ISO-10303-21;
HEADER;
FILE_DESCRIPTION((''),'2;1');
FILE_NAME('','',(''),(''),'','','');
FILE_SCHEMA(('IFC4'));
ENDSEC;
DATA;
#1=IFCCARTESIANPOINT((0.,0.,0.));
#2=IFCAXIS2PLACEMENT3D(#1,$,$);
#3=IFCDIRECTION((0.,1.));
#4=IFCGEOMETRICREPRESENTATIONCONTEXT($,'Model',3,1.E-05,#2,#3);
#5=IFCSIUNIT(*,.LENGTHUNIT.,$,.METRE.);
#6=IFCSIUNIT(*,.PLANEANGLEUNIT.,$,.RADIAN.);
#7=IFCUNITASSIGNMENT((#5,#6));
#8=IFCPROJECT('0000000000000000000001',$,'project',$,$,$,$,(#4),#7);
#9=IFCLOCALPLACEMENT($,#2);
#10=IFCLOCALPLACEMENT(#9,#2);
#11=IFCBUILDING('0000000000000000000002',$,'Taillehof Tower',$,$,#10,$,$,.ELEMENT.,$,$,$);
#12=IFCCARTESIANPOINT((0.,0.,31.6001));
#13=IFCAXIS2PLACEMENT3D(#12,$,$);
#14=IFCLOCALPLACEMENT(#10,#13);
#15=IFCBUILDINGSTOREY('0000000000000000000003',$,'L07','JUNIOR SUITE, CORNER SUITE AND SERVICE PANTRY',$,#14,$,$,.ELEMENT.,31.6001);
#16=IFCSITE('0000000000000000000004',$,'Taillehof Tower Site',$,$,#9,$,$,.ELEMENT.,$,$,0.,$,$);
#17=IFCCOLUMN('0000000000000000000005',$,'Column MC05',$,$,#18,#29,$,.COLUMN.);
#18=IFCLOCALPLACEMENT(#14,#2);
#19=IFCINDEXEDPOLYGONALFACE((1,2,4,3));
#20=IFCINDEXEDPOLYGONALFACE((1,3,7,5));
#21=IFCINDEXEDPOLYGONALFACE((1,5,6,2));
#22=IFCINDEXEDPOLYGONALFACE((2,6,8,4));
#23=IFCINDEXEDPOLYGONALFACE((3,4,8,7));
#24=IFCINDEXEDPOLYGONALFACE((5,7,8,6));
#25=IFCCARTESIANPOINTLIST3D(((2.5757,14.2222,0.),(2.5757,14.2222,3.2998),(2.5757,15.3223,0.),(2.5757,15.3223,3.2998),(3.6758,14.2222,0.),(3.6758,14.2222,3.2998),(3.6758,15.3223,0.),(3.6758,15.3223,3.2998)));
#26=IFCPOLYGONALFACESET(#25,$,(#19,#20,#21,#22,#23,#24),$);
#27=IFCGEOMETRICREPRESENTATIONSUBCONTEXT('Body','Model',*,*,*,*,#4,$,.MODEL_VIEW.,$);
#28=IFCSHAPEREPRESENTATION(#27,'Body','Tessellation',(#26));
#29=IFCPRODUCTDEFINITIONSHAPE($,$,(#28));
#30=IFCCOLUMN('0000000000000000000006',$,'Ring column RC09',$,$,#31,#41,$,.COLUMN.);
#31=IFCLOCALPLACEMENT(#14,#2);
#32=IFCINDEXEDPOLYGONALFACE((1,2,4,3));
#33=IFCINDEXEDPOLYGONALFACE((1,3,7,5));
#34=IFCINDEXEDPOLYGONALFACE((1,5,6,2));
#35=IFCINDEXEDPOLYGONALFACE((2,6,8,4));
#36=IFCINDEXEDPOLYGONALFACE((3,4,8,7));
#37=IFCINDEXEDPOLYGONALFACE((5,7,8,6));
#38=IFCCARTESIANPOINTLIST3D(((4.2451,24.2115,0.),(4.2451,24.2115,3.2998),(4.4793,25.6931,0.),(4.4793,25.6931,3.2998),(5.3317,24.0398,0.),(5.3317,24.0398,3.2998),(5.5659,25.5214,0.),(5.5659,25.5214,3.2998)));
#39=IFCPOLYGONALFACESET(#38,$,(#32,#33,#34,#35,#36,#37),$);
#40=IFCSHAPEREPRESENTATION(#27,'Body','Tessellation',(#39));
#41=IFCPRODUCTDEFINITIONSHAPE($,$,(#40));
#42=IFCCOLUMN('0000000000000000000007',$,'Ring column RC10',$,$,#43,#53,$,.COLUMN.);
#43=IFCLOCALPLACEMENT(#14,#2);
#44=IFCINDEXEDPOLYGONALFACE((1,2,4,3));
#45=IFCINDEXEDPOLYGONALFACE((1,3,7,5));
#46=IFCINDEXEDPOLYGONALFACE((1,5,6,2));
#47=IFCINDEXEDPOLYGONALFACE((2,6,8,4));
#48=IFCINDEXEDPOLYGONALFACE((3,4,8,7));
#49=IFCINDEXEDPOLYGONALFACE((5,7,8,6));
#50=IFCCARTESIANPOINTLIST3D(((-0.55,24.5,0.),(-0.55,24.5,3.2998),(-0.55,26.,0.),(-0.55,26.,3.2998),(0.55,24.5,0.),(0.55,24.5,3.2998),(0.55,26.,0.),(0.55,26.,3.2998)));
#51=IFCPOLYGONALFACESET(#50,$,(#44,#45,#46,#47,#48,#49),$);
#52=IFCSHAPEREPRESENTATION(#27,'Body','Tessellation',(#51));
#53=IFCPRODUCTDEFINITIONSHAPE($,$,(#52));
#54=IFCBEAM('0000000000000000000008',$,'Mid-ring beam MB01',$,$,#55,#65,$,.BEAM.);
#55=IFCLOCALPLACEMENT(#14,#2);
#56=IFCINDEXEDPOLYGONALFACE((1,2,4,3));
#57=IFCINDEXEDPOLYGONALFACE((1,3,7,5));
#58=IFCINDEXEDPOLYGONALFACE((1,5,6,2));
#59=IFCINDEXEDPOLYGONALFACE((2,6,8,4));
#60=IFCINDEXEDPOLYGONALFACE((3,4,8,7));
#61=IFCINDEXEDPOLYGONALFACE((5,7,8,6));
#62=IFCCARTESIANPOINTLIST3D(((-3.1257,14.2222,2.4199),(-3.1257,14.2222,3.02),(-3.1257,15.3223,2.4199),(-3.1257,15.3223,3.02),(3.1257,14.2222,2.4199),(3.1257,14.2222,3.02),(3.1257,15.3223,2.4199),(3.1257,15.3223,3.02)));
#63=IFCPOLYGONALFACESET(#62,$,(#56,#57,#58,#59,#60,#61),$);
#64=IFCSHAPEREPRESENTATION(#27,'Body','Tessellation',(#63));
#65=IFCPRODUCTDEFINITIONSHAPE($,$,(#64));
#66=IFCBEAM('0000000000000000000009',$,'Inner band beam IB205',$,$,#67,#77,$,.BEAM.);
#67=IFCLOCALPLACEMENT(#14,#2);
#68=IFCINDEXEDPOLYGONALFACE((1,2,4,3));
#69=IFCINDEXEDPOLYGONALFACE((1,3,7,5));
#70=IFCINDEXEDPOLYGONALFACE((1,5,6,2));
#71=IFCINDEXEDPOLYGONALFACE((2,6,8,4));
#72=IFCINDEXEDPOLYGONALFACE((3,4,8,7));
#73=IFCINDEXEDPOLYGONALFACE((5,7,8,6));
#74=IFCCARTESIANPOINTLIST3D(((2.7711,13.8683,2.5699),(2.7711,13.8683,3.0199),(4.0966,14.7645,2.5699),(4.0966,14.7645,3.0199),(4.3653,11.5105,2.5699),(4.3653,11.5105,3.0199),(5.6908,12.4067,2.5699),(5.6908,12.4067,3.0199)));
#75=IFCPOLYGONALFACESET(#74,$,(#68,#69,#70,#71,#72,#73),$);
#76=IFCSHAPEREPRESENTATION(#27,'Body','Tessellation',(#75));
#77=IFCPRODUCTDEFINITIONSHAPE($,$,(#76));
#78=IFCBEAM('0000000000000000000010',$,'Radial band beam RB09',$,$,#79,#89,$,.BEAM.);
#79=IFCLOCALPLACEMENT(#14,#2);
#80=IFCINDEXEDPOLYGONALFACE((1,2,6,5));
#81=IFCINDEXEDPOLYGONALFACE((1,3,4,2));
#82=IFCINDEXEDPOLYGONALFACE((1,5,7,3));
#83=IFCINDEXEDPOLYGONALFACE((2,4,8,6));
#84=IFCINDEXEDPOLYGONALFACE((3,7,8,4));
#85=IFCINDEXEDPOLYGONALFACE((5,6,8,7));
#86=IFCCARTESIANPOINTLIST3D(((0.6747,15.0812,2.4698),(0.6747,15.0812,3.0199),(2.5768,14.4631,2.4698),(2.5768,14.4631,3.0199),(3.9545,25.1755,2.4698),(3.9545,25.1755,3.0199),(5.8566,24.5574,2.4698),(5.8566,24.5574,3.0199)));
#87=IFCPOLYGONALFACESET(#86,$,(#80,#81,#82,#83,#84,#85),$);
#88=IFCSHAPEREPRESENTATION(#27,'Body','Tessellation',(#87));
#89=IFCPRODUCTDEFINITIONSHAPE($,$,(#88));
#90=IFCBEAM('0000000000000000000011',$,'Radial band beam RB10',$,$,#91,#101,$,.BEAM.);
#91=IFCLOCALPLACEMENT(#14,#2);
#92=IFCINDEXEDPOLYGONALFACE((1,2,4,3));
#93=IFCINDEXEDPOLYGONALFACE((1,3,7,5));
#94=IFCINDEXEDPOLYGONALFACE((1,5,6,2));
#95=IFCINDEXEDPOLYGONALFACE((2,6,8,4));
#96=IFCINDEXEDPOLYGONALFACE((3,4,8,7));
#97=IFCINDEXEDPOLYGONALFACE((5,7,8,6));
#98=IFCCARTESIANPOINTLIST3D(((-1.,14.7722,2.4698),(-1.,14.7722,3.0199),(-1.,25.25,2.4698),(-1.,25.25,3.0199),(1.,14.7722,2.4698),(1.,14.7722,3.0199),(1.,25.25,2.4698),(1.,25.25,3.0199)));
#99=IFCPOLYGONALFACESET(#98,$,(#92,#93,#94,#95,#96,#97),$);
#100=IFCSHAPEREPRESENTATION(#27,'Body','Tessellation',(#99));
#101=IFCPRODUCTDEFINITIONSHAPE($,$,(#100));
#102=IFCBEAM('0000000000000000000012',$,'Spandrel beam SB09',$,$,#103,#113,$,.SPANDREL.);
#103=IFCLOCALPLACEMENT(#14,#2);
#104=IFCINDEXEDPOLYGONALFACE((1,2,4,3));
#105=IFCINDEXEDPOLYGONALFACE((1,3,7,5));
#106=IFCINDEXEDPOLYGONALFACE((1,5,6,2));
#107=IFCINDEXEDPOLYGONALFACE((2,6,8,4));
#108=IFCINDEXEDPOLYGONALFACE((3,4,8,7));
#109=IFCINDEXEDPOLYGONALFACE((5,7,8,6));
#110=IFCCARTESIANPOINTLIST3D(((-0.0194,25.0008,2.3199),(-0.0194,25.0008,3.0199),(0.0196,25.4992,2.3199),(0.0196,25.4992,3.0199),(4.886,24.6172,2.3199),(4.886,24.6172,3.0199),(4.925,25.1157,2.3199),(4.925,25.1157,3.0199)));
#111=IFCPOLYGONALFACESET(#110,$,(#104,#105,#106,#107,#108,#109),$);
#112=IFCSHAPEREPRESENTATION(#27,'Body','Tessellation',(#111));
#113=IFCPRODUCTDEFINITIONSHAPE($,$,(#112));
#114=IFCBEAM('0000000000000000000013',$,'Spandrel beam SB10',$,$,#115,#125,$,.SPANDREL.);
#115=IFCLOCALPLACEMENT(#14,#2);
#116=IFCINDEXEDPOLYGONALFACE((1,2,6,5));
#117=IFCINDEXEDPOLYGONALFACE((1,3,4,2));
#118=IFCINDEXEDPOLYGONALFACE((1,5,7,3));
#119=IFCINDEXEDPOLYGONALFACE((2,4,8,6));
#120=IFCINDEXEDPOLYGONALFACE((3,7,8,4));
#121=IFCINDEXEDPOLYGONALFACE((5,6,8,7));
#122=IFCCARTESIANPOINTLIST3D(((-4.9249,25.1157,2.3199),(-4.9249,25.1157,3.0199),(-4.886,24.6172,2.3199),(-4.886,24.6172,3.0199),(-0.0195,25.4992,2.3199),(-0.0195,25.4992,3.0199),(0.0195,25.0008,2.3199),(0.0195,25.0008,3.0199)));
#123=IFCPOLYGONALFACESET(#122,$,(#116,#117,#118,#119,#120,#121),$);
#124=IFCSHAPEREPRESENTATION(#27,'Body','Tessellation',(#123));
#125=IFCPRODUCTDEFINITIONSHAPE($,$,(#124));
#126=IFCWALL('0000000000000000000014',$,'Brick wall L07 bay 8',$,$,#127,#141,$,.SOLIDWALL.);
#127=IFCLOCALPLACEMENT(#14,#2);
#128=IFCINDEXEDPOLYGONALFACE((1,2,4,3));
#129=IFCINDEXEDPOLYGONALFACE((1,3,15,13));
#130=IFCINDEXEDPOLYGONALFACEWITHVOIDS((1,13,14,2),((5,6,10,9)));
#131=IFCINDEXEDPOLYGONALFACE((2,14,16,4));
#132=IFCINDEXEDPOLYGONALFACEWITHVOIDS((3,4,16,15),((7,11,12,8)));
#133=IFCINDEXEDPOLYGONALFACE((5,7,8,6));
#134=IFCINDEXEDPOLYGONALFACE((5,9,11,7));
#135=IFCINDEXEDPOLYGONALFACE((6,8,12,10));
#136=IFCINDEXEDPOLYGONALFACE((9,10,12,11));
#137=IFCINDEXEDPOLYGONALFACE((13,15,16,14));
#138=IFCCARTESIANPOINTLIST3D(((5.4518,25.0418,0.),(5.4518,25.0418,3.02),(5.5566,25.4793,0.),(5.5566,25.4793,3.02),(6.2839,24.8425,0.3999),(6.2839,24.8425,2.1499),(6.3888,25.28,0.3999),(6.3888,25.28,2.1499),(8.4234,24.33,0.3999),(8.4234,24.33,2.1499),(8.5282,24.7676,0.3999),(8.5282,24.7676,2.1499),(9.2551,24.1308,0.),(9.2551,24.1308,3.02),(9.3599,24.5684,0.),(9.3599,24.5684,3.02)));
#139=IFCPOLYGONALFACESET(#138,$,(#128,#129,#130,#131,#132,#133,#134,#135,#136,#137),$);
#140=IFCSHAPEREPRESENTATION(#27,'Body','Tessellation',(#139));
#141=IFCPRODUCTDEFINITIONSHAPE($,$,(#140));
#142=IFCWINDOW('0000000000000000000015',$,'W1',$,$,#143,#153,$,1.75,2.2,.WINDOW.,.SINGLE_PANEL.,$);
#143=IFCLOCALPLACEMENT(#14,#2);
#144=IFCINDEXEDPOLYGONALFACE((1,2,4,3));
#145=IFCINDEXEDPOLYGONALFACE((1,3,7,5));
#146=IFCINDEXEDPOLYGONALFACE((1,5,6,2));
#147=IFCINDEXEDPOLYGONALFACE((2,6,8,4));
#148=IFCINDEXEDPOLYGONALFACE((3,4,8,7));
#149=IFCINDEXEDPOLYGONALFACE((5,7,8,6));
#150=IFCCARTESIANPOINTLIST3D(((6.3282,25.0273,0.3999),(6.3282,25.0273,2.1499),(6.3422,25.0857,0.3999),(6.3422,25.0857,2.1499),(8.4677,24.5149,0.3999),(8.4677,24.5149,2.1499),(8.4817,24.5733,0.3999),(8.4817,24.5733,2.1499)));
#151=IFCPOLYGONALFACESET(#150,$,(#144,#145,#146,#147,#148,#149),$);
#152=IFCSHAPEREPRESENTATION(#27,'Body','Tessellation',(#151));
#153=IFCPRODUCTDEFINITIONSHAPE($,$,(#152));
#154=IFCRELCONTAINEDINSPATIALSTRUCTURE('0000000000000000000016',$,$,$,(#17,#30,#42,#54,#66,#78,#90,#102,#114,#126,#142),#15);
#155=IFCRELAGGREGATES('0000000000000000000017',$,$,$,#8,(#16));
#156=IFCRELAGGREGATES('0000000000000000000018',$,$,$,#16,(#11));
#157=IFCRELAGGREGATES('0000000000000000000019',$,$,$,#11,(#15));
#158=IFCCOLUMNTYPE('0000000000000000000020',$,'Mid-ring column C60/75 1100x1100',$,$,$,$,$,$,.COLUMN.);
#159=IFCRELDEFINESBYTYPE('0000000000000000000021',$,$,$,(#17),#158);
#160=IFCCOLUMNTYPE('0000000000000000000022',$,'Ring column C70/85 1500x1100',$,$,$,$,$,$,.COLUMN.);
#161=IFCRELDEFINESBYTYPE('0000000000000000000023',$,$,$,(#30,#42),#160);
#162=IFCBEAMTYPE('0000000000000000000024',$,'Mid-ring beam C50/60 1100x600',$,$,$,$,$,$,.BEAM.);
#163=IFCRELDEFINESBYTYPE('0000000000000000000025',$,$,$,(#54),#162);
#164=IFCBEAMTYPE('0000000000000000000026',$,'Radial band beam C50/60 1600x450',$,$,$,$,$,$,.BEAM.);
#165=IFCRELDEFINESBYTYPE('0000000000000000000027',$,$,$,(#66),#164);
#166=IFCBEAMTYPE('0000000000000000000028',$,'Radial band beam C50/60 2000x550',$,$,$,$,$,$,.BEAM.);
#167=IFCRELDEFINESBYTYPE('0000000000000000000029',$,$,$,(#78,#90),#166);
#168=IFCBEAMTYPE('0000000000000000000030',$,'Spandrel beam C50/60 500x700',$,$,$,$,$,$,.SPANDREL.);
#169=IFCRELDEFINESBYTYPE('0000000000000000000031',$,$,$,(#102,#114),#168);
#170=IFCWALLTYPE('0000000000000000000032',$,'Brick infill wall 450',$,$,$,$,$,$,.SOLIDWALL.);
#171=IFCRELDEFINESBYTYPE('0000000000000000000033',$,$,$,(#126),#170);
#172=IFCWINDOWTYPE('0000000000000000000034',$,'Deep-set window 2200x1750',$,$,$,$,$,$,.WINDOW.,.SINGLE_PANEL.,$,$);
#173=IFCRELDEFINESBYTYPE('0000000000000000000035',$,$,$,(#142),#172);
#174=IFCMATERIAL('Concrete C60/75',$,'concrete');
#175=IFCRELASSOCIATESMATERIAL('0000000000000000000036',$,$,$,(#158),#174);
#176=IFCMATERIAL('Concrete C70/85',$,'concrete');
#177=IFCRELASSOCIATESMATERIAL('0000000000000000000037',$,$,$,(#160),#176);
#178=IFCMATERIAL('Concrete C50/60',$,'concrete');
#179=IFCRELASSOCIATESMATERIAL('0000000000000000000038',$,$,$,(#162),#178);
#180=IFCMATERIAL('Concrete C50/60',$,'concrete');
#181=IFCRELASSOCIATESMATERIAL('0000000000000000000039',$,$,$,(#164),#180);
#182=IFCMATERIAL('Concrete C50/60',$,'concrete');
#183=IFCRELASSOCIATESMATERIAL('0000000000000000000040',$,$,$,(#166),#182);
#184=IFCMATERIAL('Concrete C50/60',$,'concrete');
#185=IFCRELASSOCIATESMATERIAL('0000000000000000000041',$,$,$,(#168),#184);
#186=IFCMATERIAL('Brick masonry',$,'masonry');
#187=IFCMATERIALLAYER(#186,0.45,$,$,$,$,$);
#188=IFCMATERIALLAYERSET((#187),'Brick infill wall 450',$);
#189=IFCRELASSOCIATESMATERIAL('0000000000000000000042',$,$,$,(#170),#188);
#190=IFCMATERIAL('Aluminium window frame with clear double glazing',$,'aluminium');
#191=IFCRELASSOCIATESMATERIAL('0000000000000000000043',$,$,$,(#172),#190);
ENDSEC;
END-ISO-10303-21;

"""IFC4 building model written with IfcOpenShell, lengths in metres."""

from ifc_helpers import new_model, si_unit, direction, frame, frame_2d, origin, origin_2d, place, context, subcontext, project, spatial, rectangle, extrude, material, layer, layer_set, material_profile, profile_set, type_object, element, fill, save


model = new_model("IFC4")

# Units and contexts
model_context = context("Model", 3, precision=1e-05, world=origin(), true_north=direction((0.0, 1.0)))
body_context = subcontext(model_context, "Body", "Model", "MODEL_VIEW")
ifc_project = project(units=[si_unit("LENGTHUNIT", "METRE"), si_unit("PLANEANGLEUNIT", "RADIAN")], contexts=[model_context])

# Site, building, storey
site_placement = place(None, origin())
site = spatial("IfcSite", under=ifc_project, at=site_placement, Name="Taillehof Tower Site", CompositionType="ELEMENT", RefElevation=0.0)
building_placement = place(site_placement, origin())
building = spatial("IfcBuilding", under=site, at=building_placement, Name="Taillehof Tower", CompositionType="ELEMENT")
storey_placement = place(building_placement, frame((0.0, 0.0, 31.6001)))
storey = spatial("IfcBuildingStorey", under=building, at=storey_placement, Name="L07", Description="JUNIOR SUITE, CORNER SUITE AND SERVICE PANTRY", CompositionType="ELEMENT", Elevation=31.6001)

# Columns
ifc_material_1 = material(Name="Concrete C60/75", Category="concrete")
ifc_material_profile_1 = material_profile(ifc_material_1, rectangle(XDim=1.1001, YDim=1.1001, at=origin_2d()), Name="RC 1100x1100")
ifc_profile_set_1 = profile_set([ifc_material_profile_1], Name="Concrete C60/75")
column_type_1 = type_object("IfcColumnType", Name="Mid-ring column C60/75 1100x1100", PredefinedType="COLUMN", material=ifc_profile_set_1)
column_placement = place(storey_placement, frame((3.1257, 14.7722, 0.0), z_axis=(0.0, 0.0, 1.0), x_axis=(1.0, 0.0, 0.0)))
element("IfcColumn", 1, at=column_placement, inside=storey, type_object=column_type_1, Name="Column MC05", PredefinedType="COLUMN", context=body_context, shape_type="SweptSolid", body=[
    extrude(rectangle(XDim=1.1001, YDim=1.1001, at=origin_2d()), origin(), (0.0, 0.0, 1.0), 3.2998),
])
ifc_material_2 = material(Name="Concrete C70/85", Category="concrete")
ifc_material_profile_2 = material_profile(ifc_material_2, rectangle(XDim=1.5, YDim=1.1001, at=origin_2d()), Name="RC 1500x1100")
ifc_profile_set_2 = profile_set([ifc_material_profile_2], Name="Concrete C70/85")
column_type_2 = type_object("IfcColumnType", Name="Ring column C70/85 1500x1100", PredefinedType="COLUMN", material=ifc_profile_set_2)
for number, where, z_axis, x_axis, name in (
    (2, (4.9055, 24.8665, 0.0), (0.0, 0.0, 1.0), (0.156147, 0.987734, 0.0), "Ring column RC09"),
    (3, (0.0, 25.25, 0.0), (0.0, 0.0, 1.0), (0.0, 1.0, 0.0), "Ring column RC10"),
):
    element("IfcColumn", number, at=place(storey_placement, frame(where, z_axis=z_axis, x_axis=x_axis)), inside=storey, type_object=column_type_2, Name=name, PredefinedType="COLUMN", context=body_context, shape_type="SweptSolid", body=[
        extrude(rectangle(XDim=1.5, YDim=1.1001, at=origin_2d()), origin(), (0.0, 0.0, 1.0), 3.2998),
    ])

# Beams
ifc_material_3 = material(Name="Concrete C50/60", Category="concrete")
ifc_material_profile_3 = material_profile(ifc_material_3, rectangle(XDim=1.1001, YDim=0.6001, at=origin_2d()), Name="RC 1100x600")
ifc_profile_set_3 = profile_set([ifc_material_profile_3], Name="Concrete C50/60")
beam_type_1 = type_object("IfcBeamType", Name="Mid-ring beam C50/60 1100x600", PredefinedType="BEAM", material=ifc_profile_set_3)
beam_1_placement = place(storey_placement, frame((3.1257, 14.7722, 2.72), z_axis=(-1.0, 0.0, 0.0), x_axis=(0.0, -1.0, 0.0)))
element("IfcBeam", 4, at=beam_1_placement, inside=storey, type_object=beam_type_1, Name="Mid-ring beam MB01", PredefinedType="BEAM", context=body_context, shape_type="SweptSolid", body=[
    extrude(rectangle(XDim=1.1001, YDim=0.6001, at=origin_2d()), origin(), (0.0, 0.0, 1.0), 6.2515),
])
ifc_material_4 = material(Name="Concrete C50/60", Category="concrete")
ifc_material_profile_4 = material_profile(ifc_material_4, rectangle(XDim=1.6001, YDim=0.45, at=origin_2d()), Name="RC 1600x450")
ifc_profile_set_4 = profile_set([ifc_material_profile_4], Name="Concrete C50/60")
beam_type_2 = type_object("IfcBeamType", Name="Radial band beam C50/60 1600x450", PredefinedType="BEAM", material=ifc_profile_set_4)
beam_2_placement = place(storey_placement, frame((3.4338, 14.3164, 2.7949), z_axis=(0.560112, -0.828417, 0.0), x_axis=(0.828417, 0.560112, 0.0)))
element("IfcBeam", 5, at=beam_2_placement, inside=storey, type_object=beam_type_2, Name="Inner band beam IB205", PredefinedType="BEAM", context=body_context, shape_type="SweptSolid", body=[
    extrude(rectangle(XDim=1.6001, YDim=0.45, at=origin_2d()), origin(), (0.0, 0.0, 1.0), 2.8462),
])
ifc_material_5 = material(Name="Concrete C50/60", Category="concrete")
ifc_material_profile_5 = material_profile(ifc_material_5, rectangle(XDim=2.0, YDim=0.55, at=origin_2d()), Name="RC 2000x550")
ifc_profile_set_5 = profile_set([ifc_material_profile_5], Name="Concrete C50/60")
beam_type_3 = type_object("IfcBeamType", Name="Radial band beam C50/60 2000x550", PredefinedType="BEAM", material=ifc_profile_set_5)
beam_3_placement = place(storey_placement, frame((4.9055, 24.8665, 2.7449), z_axis=(-0.309014, -0.951057, 0.0), x_axis=(0.951057, -0.309014, 0.0)))
element("IfcBeam", 6, at=beam_3_placement, inside=storey, type_object=beam_type_3, Name="Radial band beam RB09", PredefinedType="BEAM", context=body_context, shape_type="SweptSolid", body=[
    extrude(rectangle(XDim=2.0, YDim=0.55, at=origin_2d()), origin(), (0.0, 0.0, 1.0), 10.6138),
])
beam_4_placement = place(storey_placement, frame((0.0, 25.25, 2.7449), z_axis=(0.0, -1.0, 0.0), x_axis=(1.0, 0.0, 0.0)))
element("IfcBeam", 7, at=beam_4_placement, inside=storey, type_object=beam_type_3, Name="Radial band beam RB10", PredefinedType="BEAM", context=body_context, shape_type="SweptSolid", body=[
    extrude(rectangle(XDim=2.0, YDim=0.55, at=origin_2d()), origin(), (0.0, 0.0, 1.0), 10.4778),
])
ifc_material_6 = material(Name="Concrete C50/60", Category="concrete")
ifc_material_profile_6 = material_profile(ifc_material_6, rectangle(XDim=0.5, YDim=0.7, at=origin_2d()), Name="RC 500x700")
ifc_profile_set_6 = profile_set([ifc_material_profile_6], Name="Concrete C50/60")
beam_type_4 = type_object("IfcBeamType", Name="Spandrel beam C50/60 500x700", PredefinedType="SPANDREL", material=ifc_profile_set_6)
for number, where, z_axis, x_axis, name in (
    (8, (4.9055, 24.8665, 2.6699), (-0.996957, 0.077949, 0.0), (-0.077949, -0.996957, 0.0), "Spandrel beam SB09"),
    (9, (0.0, 25.25, 2.6699), (-0.996957, -0.077949, 0.0), (0.077949, -0.996957, 0.0), "Spandrel beam SB10"),
):
    element("IfcBeam", number, at=place(storey_placement, frame(where, z_axis=z_axis, x_axis=x_axis)), inside=storey, type_object=beam_type_4, Name=name, PredefinedType="SPANDREL", context=body_context, shape_type="SweptSolid", body=[
        extrude(rectangle(XDim=0.5, YDim=0.7, at=origin_2d()), origin(), (0.0, 0.0, 1.0), 4.9204),
    ])

# Wall, opening, window
ifc_material_7 = material(Name="Brick masonry", Category="masonry")
ifc_layer_1 = layer(ifc_material_7, 0.45)
ifc_layer_set_1 = layer_set([ifc_layer_1], Name="Brick infill wall 450")
wall_type_1 = type_object("IfcWallType", Name="Brick infill wall 450", PredefinedType="SOLIDWALL", material=ifc_layer_set_1)
wall_1_placement = place(storey_placement, frame((9.3076, 24.3496, 0.0), z_axis=(0.0, 0.0, 1.0), x_axis=(-0.972497, 0.232917, 0.0)))
wall_1 = element("IfcWall", 10, at=wall_1_placement, inside=storey, type_object=wall_type_1, Name="Brick wall L07 bay 8", PredefinedType="SOLIDWALL", context=body_context, shape_type="SweptSolid", body=[
    extrude(rectangle(XDim=3.9109, YDim=0.45, at=frame_2d((1.9556, 0.0))), origin(), (0.0, 0.0, 1.0), 3.02),
])
opening_1_placement = place(wall_1_placement, frame((0.8552, 0.0, 0.3999)))
opening_1 = element("IfcOpeningElement", 11, at=opening_1_placement, cuts=wall_1, PredefinedType="OPENING", context=body_context, shape_type="SweptSolid", body=[
    extrude(rectangle(XDim=2.2, YDim=1.75, at=frame_2d((1.1001, 0.875))), frame((0.0, 0.2349, 0.0), z_axis=(0.0, -1.0, 0.0), x_axis=(1.0, 0.0, 0.0)), (0.0, 0.0, 1.0), 0.47),
])
ifc_material_8 = material(Name="Aluminium window frame with clear double glazing", Category="aluminium")
window_type = type_object("IfcWindowType", Name="Deep-set window 2200x1750", PartitioningType="SINGLE_PANEL", PredefinedType="WINDOW", material=ifc_material_8)
window_1_placement = place(opening_1_placement, origin())
window_1 = element("IfcWindow", 12, at=window_1_placement, inside=storey, type_object=window_type, Name="W1", OverallHeight=1.75, OverallWidth=2.2, PartitioningType="SINGLE_PANEL", PredefinedType="WINDOW", context=body_context, shape_type="SweptSolid", body=[
    extrude(rectangle(XDim=2.2, YDim=1.75, at=frame_2d((1.1001, 0.875))), frame((0.0, 0.0349, 0.0), z_axis=(0.0, -1.0, 0.0), x_axis=(1.0, 0.0, 0.0)), (0.0, 0.0, 1.0), 0.0601),
])
fill(opening_1, window_1)

save(model, "model.ifc")
